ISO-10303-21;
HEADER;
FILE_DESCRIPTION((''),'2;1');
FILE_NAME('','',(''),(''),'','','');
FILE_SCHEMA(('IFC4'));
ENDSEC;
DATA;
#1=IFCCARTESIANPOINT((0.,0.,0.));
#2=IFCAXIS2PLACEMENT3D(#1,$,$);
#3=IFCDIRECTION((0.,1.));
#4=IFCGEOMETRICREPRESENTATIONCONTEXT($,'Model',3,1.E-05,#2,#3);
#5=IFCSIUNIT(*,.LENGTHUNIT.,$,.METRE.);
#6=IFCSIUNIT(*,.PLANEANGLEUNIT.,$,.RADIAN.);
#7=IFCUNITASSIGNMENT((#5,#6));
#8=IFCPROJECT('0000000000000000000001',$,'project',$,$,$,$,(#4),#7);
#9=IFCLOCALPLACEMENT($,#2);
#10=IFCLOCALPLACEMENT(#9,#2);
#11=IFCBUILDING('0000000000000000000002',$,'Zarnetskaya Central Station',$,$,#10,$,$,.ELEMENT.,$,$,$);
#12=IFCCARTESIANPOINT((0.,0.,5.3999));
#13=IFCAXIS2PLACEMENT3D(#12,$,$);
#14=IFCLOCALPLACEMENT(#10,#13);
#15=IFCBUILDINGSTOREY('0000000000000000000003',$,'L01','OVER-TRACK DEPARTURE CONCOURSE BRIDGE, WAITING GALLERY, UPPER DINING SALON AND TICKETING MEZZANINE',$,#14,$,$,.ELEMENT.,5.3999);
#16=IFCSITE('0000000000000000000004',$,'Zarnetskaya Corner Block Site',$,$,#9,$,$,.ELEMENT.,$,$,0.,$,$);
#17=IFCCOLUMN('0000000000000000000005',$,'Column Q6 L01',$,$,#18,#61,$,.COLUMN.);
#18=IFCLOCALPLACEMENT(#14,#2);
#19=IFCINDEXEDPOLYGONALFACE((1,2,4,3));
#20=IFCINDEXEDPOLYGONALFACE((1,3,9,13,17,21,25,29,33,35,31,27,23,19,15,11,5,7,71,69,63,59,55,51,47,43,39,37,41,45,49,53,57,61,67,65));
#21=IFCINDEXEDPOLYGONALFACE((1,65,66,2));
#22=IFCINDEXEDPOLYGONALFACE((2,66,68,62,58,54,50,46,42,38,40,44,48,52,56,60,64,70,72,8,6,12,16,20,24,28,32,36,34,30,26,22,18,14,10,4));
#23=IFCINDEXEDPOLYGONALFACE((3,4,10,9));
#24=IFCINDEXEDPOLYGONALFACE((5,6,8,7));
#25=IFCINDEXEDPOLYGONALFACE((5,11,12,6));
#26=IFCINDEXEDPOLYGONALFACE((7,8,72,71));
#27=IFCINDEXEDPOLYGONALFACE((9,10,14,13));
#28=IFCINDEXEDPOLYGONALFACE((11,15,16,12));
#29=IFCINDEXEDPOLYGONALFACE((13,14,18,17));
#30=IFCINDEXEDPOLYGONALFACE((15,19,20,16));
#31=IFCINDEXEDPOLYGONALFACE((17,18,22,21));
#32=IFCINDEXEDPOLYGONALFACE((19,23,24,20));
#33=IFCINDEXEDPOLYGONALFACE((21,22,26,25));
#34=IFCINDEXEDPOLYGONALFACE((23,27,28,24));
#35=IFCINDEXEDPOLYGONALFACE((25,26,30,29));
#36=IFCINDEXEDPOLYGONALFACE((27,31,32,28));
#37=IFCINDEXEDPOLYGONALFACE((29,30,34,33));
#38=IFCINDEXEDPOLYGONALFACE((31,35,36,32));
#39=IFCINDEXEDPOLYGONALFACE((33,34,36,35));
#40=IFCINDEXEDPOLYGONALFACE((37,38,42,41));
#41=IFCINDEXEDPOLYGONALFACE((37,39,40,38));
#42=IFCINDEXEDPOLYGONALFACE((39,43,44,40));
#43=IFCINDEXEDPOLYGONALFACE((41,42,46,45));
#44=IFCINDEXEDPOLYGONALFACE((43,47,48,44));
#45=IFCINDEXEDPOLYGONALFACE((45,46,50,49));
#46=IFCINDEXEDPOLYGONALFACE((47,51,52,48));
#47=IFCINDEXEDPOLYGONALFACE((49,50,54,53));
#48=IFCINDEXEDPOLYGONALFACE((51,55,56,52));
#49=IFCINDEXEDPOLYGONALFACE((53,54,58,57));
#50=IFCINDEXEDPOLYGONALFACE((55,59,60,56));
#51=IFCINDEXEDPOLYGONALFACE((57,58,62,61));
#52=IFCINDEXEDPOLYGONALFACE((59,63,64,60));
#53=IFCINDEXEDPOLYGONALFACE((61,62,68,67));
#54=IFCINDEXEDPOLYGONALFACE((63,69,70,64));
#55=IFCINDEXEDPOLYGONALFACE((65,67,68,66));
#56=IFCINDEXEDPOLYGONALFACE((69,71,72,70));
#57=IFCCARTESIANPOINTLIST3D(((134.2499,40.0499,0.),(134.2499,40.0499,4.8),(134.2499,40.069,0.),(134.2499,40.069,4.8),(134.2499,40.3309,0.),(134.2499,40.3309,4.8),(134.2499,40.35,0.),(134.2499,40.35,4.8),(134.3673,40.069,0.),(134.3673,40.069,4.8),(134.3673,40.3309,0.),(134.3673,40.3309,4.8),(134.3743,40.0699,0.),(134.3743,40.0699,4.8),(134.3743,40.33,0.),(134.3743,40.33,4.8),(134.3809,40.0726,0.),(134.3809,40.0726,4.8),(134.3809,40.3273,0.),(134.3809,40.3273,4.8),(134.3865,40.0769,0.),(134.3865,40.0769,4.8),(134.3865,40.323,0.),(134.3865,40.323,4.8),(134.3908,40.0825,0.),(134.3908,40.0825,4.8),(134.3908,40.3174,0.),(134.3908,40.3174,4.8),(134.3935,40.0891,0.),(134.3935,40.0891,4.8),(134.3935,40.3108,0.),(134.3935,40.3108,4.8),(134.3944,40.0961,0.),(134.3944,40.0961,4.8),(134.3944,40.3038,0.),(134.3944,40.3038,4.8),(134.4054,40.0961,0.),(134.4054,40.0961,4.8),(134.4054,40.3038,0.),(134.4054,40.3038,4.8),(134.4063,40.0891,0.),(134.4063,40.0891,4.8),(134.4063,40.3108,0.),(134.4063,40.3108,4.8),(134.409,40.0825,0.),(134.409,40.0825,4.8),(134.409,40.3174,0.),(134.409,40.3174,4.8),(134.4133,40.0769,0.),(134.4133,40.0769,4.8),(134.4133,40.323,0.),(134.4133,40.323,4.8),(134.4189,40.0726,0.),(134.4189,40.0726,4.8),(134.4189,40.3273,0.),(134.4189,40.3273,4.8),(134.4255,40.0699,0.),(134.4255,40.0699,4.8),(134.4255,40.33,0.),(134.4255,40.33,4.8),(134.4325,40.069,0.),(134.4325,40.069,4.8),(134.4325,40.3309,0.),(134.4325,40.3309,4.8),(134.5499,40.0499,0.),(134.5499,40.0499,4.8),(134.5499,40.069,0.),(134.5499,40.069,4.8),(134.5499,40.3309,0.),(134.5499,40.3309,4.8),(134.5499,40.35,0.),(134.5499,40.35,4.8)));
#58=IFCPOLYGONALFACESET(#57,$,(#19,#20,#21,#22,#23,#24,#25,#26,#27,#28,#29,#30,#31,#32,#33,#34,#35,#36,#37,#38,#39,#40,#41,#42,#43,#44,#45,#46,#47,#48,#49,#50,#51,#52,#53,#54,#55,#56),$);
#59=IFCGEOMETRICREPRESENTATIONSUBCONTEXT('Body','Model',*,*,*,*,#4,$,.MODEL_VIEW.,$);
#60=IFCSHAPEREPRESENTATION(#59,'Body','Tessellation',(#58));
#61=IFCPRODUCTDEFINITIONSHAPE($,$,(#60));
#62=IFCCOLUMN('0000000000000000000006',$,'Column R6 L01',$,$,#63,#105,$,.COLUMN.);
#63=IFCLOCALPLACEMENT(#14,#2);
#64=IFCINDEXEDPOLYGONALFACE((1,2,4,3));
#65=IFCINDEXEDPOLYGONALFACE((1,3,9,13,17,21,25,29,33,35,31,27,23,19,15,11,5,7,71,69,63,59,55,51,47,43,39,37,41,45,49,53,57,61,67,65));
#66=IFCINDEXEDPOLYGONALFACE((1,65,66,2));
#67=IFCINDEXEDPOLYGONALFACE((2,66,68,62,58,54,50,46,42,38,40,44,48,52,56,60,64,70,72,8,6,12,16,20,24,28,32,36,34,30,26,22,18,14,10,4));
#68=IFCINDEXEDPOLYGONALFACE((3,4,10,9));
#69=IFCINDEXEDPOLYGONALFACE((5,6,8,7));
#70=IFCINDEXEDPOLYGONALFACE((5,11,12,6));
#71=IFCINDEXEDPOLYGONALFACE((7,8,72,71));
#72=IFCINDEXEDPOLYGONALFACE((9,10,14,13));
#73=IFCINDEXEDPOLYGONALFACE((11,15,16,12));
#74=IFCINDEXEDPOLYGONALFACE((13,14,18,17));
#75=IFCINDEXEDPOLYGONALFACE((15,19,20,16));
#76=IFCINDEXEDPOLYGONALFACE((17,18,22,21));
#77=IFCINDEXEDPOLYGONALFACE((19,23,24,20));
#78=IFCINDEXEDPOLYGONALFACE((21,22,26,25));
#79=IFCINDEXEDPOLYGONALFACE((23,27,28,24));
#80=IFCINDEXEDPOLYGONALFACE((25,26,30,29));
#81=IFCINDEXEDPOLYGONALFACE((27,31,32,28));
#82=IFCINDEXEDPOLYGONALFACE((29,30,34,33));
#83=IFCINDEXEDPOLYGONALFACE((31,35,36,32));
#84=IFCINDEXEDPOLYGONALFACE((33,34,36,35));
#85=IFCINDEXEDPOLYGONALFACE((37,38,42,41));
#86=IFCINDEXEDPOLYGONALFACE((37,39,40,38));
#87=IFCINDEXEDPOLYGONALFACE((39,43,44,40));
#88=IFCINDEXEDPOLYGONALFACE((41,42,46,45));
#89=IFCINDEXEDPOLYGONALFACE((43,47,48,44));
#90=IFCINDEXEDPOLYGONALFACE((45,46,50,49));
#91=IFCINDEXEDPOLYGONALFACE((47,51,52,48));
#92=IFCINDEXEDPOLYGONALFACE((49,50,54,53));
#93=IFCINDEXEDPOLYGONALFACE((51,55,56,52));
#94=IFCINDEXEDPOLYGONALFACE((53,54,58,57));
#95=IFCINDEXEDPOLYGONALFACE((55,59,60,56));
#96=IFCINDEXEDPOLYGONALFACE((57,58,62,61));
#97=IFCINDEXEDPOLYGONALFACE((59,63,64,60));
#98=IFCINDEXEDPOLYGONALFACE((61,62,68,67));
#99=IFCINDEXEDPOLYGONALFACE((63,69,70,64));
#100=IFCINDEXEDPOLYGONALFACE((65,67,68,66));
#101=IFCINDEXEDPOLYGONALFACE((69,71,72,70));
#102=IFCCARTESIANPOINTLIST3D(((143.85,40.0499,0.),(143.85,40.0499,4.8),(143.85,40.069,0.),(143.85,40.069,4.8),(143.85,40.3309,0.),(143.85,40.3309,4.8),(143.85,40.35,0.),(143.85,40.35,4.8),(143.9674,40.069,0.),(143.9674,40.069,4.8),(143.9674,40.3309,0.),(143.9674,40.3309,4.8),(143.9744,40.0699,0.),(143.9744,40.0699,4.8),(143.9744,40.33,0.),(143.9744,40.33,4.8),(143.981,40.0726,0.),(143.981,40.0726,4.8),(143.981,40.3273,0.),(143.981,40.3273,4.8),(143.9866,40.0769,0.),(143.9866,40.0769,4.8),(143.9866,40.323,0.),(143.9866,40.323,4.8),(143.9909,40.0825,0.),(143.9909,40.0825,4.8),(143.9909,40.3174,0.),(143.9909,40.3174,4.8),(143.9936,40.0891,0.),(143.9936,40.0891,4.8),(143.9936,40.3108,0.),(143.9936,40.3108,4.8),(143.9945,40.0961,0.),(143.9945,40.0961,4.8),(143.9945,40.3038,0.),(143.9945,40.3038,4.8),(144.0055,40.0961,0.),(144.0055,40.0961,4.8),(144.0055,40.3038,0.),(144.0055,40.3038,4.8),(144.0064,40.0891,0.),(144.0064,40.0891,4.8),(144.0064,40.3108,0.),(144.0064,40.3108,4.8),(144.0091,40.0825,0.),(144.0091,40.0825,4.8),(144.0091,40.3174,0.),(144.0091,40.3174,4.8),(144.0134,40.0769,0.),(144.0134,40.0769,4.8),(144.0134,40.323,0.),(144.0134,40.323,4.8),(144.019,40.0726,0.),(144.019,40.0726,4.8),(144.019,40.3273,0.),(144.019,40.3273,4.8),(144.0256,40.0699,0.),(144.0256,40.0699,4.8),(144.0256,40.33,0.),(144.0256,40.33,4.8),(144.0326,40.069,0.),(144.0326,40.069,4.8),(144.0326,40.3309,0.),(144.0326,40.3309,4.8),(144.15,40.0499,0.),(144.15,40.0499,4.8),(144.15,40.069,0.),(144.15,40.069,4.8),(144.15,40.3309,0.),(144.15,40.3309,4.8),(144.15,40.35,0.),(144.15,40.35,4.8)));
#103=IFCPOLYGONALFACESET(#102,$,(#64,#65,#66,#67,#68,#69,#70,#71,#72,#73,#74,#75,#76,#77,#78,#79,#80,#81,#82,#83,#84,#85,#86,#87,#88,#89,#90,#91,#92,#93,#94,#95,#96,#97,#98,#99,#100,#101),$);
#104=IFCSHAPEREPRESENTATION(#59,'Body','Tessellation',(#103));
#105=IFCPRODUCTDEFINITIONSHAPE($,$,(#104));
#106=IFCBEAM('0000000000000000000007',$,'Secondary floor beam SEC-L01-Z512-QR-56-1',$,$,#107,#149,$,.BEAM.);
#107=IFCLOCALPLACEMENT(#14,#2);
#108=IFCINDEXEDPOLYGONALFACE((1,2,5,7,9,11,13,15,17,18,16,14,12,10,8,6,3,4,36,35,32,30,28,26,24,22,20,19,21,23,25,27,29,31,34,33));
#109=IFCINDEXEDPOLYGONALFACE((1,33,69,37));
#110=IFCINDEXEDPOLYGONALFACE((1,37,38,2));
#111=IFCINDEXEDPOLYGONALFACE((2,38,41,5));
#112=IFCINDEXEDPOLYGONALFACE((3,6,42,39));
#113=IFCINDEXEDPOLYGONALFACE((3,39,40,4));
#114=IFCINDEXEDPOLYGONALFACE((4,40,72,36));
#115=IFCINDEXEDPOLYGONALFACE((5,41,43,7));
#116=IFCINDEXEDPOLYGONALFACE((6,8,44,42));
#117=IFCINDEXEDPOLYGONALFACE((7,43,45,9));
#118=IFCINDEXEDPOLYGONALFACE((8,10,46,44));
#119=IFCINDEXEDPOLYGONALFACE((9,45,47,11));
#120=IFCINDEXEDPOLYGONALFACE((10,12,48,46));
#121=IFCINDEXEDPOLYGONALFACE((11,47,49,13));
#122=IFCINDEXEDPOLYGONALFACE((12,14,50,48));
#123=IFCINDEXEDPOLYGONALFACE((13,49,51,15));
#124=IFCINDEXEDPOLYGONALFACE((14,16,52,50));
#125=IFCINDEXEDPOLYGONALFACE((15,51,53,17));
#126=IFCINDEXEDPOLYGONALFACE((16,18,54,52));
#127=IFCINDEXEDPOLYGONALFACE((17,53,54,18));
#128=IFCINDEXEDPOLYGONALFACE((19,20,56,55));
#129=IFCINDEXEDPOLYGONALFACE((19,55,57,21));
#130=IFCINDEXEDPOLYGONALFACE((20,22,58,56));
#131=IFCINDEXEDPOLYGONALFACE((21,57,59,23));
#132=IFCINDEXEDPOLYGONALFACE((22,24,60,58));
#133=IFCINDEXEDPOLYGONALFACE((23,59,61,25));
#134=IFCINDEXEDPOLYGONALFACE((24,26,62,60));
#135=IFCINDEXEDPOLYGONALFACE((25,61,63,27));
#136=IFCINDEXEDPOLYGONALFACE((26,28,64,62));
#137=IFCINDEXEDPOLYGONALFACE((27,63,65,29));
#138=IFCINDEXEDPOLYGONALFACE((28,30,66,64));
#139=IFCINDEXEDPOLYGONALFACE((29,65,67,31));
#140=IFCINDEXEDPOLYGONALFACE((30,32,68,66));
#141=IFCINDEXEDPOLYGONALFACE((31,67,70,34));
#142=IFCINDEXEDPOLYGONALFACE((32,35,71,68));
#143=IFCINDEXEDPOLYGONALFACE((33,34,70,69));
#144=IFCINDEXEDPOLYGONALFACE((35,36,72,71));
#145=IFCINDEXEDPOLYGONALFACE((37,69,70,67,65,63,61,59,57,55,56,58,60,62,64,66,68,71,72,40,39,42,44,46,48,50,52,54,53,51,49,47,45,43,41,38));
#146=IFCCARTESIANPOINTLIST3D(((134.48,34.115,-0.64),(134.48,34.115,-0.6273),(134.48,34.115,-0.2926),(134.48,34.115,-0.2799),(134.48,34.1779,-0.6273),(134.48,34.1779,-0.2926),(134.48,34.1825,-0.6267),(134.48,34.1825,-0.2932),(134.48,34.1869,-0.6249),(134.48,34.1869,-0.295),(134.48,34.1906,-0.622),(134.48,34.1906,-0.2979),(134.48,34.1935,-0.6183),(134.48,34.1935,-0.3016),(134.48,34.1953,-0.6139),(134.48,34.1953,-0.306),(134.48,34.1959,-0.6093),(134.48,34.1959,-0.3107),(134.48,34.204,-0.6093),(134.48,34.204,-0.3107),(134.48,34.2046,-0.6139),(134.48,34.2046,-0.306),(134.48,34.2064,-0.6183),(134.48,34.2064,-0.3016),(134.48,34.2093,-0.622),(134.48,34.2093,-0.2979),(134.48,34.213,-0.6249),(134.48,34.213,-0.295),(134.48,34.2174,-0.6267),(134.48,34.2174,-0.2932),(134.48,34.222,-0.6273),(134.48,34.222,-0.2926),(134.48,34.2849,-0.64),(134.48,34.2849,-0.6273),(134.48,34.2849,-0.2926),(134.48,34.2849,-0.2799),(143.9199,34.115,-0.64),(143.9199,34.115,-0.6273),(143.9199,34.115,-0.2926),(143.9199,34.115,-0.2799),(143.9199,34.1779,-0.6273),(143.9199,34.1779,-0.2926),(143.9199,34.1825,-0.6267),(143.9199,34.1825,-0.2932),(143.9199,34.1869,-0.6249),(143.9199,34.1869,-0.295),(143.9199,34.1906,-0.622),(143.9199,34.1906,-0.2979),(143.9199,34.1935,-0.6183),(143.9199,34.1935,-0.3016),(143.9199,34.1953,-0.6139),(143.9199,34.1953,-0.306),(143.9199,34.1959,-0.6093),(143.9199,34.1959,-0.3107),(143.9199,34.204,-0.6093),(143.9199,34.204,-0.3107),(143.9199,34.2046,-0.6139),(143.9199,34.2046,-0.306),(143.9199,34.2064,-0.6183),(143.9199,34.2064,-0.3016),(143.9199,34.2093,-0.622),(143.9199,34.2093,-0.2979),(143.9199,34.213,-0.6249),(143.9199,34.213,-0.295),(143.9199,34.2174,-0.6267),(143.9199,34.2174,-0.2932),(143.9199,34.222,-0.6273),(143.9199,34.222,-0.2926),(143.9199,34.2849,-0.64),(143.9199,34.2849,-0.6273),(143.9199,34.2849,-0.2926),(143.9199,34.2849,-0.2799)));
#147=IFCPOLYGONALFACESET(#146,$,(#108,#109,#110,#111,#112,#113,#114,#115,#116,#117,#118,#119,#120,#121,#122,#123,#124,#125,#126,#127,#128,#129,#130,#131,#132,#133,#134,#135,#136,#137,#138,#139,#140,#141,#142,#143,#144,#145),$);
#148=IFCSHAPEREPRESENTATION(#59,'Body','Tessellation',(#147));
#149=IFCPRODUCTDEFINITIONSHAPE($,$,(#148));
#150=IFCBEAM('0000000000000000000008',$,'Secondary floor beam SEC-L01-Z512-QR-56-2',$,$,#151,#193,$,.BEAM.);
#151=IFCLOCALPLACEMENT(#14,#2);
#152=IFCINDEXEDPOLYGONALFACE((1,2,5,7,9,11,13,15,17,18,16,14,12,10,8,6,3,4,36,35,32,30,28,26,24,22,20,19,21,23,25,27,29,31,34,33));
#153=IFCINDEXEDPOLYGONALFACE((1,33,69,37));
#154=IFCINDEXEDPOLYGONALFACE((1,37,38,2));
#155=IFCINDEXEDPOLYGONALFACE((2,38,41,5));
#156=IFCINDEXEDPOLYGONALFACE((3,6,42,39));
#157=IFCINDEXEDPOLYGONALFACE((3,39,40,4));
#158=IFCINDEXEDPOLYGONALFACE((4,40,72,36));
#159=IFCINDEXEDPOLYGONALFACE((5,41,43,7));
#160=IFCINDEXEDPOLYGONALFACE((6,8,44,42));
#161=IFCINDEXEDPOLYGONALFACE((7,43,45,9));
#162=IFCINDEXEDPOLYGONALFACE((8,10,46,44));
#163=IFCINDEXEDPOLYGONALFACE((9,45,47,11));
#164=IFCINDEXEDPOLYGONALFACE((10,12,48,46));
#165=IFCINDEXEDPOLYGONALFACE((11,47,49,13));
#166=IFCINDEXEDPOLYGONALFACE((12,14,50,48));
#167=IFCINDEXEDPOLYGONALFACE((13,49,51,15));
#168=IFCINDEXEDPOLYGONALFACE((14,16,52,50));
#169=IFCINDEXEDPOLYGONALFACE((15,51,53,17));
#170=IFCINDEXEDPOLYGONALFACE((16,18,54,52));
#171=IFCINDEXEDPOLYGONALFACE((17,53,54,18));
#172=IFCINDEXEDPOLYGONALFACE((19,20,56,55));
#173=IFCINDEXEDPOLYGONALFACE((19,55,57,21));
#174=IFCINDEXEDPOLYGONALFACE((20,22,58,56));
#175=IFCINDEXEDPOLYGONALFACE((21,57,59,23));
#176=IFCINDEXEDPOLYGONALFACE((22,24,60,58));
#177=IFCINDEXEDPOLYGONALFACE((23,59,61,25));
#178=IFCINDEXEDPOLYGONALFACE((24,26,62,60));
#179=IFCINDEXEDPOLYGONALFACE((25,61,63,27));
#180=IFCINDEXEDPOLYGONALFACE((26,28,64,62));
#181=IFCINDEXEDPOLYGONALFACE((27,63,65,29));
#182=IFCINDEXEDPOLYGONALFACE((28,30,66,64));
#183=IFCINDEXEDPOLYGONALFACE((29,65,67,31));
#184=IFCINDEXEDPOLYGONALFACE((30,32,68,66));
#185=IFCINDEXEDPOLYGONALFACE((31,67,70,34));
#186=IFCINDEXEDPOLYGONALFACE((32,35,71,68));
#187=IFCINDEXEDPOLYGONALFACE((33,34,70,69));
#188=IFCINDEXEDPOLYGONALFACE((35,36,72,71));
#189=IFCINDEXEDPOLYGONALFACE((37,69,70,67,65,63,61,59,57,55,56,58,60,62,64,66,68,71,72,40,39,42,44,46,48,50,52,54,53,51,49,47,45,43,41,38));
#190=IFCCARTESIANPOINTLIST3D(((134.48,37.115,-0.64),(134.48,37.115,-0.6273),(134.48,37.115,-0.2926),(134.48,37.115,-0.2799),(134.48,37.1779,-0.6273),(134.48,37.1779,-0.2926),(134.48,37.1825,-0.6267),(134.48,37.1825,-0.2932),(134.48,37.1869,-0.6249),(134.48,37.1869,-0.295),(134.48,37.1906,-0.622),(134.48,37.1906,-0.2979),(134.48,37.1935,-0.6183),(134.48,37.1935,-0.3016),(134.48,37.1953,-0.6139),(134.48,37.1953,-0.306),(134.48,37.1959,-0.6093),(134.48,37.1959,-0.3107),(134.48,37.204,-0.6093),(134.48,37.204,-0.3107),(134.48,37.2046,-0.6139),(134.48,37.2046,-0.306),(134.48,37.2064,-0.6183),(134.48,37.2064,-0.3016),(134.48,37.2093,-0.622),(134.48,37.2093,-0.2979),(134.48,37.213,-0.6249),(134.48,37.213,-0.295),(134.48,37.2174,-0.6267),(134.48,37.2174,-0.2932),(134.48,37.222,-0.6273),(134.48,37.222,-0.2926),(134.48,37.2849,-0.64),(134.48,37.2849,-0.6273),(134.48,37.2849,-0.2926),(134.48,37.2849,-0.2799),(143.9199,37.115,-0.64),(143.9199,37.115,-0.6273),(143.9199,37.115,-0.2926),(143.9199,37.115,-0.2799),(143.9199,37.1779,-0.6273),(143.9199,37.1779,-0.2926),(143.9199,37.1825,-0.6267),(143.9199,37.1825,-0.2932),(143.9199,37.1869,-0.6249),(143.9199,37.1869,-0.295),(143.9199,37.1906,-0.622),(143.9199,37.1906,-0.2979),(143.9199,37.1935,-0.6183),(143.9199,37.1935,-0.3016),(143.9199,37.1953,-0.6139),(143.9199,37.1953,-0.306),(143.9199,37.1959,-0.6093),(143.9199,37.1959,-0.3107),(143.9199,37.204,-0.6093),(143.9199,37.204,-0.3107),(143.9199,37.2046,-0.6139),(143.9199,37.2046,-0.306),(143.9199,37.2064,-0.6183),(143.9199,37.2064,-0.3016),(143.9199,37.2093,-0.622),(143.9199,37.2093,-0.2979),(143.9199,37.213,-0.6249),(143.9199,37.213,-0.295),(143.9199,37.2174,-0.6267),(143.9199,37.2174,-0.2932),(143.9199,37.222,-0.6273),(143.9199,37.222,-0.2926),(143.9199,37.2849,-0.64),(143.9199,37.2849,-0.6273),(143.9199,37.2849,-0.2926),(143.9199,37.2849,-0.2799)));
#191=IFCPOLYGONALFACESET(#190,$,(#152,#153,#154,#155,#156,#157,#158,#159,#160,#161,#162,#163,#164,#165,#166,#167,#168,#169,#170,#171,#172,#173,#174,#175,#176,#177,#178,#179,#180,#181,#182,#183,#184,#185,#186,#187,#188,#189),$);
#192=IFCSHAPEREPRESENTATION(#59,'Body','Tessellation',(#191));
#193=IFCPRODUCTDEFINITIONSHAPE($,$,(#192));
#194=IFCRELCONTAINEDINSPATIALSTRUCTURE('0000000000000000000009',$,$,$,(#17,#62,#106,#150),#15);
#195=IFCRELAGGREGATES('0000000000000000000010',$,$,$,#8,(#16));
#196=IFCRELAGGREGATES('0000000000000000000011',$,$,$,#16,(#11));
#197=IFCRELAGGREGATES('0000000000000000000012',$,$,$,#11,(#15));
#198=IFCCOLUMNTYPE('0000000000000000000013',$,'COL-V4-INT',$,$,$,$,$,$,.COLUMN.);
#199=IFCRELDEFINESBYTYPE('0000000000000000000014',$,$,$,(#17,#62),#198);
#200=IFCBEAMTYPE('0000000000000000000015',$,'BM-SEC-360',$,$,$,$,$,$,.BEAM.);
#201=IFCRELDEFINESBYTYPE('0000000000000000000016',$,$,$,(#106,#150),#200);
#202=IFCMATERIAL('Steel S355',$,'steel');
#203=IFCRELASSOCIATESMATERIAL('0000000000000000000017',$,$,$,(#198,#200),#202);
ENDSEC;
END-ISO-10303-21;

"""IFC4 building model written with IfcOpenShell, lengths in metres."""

from ifc_helpers import new_model, si_unit, direction, frame, origin, origin_2d, place, context, subcontext, project, spatial, i_section, extrude, material, material_profile, profile_set, type_object, element, save


model = new_model("IFC4")

# Units and contexts
model_context = context("Model", 3, precision=1e-05, world=origin(), true_north=direction((0.0, 1.0)))
body_context = subcontext(model_context, "Body", "Model", "MODEL_VIEW")
ifc_project = project(units=[si_unit("LENGTHUNIT", "METRE"), si_unit("PLANEANGLEUNIT", "RADIAN")], contexts=[model_context])

# Site, building, storey
site_placement = place(None, origin())
site = spatial("IfcSite", under=ifc_project, at=site_placement, Name="Zarnetskaya Corner Block Site", CompositionType="ELEMENT", RefElevation=0.0)
building_placement = place(site_placement, origin())
building = spatial("IfcBuilding", under=site, at=building_placement, Name="Zarnetskaya Central Station", CompositionType="ELEMENT")
storey_placement = place(building_placement, frame((0.0, 0.0, 5.3999)))
storey = spatial("IfcBuildingStorey", under=building, at=storey_placement, Name="L01", Description="OVER-TRACK DEPARTURE CONCOURSE BRIDGE, WAITING GALLERY, UPPER DINING SALON AND TICKETING MEZZANINE", CompositionType="ELEMENT", Elevation=5.3999)

# Columns
ifc_material_1 = material(Name="Steel S355", Category="steel")
ifc_material_profile_1 = material_profile(ifc_material_1, i_section(OverallWidth=0.3, OverallDepth=0.3, WebThickness=0.011, FlangeThickness=0.019, FilletRadius=0.0271, at=origin_2d()), Name="HEB 300")
ifc_profile_set_1 = profile_set([ifc_material_profile_1], Name="Steel S355")
column_type = type_object("IfcColumnType", Name="COL-V4-INT", PredefinedType="COLUMN", material=ifc_profile_set_1)
for number, where, z_axis, x_axis, name in (
    (1, (134.3999, 40.2, 0.0), (0.0, 0.0, 1.0), (1.0, 0.0, 0.0), "Column Q6 L01"),
    (2, (144.0, 40.2, 0.0), (0.0, 0.0, 1.0), (1.0, 0.0, 0.0), "Column R6 L01"),
):
    element("IfcColumn", number, at=place(storey_placement, frame(where, z_axis=z_axis, x_axis=x_axis)), inside=storey, type_object=column_type, Name=name, PredefinedType="COLUMN", context=body_context, shape_type="SweptSolid", body=[
        extrude(i_section(OverallWidth=0.3, OverallDepth=0.3, WebThickness=0.011, FlangeThickness=0.019, FilletRadius=0.0271, at=origin_2d()), origin(), (0.0, 0.0, 1.0), 4.8),
    ])

# Beams
ifc_material_profile_2 = material_profile(ifc_material_1, i_section(OverallWidth=0.1699, OverallDepth=0.3601, WebThickness=0.0081, FlangeThickness=0.0127, FilletRadius=0.0181, at=origin_2d()), Name="IPE 360")
ifc_profile_set_2 = profile_set([ifc_material_profile_2], Name="Steel S355")
beam_type_1 = type_object("IfcBeamType", Name="BM-SEC-360", PredefinedType="BEAM", material=ifc_profile_set_2)
for number, where, z_axis, x_axis, name in (
    (3, (134.48, 34.2, -0.46), (1.0, 0.0, 0.0), (0.0, 1.0, 0.0), "Secondary floor beam SEC-L01-Z512-QR-56-1"),
    (4, (134.48, 37.2, -0.46), (1.0, 0.0, 0.0), (0.0, 1.0, 0.0), "Secondary floor beam SEC-L01-Z512-QR-56-2"),
):
    element("IfcBeam", number, at=place(storey_placement, frame(where, z_axis=z_axis, x_axis=x_axis)), inside=storey, type_object=beam_type_1, Name=name, PredefinedType="BEAM", context=body_context, shape_type="SweptSolid", body=[
        extrude(i_section(OverallWidth=0.1699, OverallDepth=0.3601, WebThickness=0.0081, FlangeThickness=0.0127, FilletRadius=0.0181, at=origin_2d()), origin(), (0.0, 0.0, 1.0), 9.4399),
    ])

save(model, "model.ifc")
